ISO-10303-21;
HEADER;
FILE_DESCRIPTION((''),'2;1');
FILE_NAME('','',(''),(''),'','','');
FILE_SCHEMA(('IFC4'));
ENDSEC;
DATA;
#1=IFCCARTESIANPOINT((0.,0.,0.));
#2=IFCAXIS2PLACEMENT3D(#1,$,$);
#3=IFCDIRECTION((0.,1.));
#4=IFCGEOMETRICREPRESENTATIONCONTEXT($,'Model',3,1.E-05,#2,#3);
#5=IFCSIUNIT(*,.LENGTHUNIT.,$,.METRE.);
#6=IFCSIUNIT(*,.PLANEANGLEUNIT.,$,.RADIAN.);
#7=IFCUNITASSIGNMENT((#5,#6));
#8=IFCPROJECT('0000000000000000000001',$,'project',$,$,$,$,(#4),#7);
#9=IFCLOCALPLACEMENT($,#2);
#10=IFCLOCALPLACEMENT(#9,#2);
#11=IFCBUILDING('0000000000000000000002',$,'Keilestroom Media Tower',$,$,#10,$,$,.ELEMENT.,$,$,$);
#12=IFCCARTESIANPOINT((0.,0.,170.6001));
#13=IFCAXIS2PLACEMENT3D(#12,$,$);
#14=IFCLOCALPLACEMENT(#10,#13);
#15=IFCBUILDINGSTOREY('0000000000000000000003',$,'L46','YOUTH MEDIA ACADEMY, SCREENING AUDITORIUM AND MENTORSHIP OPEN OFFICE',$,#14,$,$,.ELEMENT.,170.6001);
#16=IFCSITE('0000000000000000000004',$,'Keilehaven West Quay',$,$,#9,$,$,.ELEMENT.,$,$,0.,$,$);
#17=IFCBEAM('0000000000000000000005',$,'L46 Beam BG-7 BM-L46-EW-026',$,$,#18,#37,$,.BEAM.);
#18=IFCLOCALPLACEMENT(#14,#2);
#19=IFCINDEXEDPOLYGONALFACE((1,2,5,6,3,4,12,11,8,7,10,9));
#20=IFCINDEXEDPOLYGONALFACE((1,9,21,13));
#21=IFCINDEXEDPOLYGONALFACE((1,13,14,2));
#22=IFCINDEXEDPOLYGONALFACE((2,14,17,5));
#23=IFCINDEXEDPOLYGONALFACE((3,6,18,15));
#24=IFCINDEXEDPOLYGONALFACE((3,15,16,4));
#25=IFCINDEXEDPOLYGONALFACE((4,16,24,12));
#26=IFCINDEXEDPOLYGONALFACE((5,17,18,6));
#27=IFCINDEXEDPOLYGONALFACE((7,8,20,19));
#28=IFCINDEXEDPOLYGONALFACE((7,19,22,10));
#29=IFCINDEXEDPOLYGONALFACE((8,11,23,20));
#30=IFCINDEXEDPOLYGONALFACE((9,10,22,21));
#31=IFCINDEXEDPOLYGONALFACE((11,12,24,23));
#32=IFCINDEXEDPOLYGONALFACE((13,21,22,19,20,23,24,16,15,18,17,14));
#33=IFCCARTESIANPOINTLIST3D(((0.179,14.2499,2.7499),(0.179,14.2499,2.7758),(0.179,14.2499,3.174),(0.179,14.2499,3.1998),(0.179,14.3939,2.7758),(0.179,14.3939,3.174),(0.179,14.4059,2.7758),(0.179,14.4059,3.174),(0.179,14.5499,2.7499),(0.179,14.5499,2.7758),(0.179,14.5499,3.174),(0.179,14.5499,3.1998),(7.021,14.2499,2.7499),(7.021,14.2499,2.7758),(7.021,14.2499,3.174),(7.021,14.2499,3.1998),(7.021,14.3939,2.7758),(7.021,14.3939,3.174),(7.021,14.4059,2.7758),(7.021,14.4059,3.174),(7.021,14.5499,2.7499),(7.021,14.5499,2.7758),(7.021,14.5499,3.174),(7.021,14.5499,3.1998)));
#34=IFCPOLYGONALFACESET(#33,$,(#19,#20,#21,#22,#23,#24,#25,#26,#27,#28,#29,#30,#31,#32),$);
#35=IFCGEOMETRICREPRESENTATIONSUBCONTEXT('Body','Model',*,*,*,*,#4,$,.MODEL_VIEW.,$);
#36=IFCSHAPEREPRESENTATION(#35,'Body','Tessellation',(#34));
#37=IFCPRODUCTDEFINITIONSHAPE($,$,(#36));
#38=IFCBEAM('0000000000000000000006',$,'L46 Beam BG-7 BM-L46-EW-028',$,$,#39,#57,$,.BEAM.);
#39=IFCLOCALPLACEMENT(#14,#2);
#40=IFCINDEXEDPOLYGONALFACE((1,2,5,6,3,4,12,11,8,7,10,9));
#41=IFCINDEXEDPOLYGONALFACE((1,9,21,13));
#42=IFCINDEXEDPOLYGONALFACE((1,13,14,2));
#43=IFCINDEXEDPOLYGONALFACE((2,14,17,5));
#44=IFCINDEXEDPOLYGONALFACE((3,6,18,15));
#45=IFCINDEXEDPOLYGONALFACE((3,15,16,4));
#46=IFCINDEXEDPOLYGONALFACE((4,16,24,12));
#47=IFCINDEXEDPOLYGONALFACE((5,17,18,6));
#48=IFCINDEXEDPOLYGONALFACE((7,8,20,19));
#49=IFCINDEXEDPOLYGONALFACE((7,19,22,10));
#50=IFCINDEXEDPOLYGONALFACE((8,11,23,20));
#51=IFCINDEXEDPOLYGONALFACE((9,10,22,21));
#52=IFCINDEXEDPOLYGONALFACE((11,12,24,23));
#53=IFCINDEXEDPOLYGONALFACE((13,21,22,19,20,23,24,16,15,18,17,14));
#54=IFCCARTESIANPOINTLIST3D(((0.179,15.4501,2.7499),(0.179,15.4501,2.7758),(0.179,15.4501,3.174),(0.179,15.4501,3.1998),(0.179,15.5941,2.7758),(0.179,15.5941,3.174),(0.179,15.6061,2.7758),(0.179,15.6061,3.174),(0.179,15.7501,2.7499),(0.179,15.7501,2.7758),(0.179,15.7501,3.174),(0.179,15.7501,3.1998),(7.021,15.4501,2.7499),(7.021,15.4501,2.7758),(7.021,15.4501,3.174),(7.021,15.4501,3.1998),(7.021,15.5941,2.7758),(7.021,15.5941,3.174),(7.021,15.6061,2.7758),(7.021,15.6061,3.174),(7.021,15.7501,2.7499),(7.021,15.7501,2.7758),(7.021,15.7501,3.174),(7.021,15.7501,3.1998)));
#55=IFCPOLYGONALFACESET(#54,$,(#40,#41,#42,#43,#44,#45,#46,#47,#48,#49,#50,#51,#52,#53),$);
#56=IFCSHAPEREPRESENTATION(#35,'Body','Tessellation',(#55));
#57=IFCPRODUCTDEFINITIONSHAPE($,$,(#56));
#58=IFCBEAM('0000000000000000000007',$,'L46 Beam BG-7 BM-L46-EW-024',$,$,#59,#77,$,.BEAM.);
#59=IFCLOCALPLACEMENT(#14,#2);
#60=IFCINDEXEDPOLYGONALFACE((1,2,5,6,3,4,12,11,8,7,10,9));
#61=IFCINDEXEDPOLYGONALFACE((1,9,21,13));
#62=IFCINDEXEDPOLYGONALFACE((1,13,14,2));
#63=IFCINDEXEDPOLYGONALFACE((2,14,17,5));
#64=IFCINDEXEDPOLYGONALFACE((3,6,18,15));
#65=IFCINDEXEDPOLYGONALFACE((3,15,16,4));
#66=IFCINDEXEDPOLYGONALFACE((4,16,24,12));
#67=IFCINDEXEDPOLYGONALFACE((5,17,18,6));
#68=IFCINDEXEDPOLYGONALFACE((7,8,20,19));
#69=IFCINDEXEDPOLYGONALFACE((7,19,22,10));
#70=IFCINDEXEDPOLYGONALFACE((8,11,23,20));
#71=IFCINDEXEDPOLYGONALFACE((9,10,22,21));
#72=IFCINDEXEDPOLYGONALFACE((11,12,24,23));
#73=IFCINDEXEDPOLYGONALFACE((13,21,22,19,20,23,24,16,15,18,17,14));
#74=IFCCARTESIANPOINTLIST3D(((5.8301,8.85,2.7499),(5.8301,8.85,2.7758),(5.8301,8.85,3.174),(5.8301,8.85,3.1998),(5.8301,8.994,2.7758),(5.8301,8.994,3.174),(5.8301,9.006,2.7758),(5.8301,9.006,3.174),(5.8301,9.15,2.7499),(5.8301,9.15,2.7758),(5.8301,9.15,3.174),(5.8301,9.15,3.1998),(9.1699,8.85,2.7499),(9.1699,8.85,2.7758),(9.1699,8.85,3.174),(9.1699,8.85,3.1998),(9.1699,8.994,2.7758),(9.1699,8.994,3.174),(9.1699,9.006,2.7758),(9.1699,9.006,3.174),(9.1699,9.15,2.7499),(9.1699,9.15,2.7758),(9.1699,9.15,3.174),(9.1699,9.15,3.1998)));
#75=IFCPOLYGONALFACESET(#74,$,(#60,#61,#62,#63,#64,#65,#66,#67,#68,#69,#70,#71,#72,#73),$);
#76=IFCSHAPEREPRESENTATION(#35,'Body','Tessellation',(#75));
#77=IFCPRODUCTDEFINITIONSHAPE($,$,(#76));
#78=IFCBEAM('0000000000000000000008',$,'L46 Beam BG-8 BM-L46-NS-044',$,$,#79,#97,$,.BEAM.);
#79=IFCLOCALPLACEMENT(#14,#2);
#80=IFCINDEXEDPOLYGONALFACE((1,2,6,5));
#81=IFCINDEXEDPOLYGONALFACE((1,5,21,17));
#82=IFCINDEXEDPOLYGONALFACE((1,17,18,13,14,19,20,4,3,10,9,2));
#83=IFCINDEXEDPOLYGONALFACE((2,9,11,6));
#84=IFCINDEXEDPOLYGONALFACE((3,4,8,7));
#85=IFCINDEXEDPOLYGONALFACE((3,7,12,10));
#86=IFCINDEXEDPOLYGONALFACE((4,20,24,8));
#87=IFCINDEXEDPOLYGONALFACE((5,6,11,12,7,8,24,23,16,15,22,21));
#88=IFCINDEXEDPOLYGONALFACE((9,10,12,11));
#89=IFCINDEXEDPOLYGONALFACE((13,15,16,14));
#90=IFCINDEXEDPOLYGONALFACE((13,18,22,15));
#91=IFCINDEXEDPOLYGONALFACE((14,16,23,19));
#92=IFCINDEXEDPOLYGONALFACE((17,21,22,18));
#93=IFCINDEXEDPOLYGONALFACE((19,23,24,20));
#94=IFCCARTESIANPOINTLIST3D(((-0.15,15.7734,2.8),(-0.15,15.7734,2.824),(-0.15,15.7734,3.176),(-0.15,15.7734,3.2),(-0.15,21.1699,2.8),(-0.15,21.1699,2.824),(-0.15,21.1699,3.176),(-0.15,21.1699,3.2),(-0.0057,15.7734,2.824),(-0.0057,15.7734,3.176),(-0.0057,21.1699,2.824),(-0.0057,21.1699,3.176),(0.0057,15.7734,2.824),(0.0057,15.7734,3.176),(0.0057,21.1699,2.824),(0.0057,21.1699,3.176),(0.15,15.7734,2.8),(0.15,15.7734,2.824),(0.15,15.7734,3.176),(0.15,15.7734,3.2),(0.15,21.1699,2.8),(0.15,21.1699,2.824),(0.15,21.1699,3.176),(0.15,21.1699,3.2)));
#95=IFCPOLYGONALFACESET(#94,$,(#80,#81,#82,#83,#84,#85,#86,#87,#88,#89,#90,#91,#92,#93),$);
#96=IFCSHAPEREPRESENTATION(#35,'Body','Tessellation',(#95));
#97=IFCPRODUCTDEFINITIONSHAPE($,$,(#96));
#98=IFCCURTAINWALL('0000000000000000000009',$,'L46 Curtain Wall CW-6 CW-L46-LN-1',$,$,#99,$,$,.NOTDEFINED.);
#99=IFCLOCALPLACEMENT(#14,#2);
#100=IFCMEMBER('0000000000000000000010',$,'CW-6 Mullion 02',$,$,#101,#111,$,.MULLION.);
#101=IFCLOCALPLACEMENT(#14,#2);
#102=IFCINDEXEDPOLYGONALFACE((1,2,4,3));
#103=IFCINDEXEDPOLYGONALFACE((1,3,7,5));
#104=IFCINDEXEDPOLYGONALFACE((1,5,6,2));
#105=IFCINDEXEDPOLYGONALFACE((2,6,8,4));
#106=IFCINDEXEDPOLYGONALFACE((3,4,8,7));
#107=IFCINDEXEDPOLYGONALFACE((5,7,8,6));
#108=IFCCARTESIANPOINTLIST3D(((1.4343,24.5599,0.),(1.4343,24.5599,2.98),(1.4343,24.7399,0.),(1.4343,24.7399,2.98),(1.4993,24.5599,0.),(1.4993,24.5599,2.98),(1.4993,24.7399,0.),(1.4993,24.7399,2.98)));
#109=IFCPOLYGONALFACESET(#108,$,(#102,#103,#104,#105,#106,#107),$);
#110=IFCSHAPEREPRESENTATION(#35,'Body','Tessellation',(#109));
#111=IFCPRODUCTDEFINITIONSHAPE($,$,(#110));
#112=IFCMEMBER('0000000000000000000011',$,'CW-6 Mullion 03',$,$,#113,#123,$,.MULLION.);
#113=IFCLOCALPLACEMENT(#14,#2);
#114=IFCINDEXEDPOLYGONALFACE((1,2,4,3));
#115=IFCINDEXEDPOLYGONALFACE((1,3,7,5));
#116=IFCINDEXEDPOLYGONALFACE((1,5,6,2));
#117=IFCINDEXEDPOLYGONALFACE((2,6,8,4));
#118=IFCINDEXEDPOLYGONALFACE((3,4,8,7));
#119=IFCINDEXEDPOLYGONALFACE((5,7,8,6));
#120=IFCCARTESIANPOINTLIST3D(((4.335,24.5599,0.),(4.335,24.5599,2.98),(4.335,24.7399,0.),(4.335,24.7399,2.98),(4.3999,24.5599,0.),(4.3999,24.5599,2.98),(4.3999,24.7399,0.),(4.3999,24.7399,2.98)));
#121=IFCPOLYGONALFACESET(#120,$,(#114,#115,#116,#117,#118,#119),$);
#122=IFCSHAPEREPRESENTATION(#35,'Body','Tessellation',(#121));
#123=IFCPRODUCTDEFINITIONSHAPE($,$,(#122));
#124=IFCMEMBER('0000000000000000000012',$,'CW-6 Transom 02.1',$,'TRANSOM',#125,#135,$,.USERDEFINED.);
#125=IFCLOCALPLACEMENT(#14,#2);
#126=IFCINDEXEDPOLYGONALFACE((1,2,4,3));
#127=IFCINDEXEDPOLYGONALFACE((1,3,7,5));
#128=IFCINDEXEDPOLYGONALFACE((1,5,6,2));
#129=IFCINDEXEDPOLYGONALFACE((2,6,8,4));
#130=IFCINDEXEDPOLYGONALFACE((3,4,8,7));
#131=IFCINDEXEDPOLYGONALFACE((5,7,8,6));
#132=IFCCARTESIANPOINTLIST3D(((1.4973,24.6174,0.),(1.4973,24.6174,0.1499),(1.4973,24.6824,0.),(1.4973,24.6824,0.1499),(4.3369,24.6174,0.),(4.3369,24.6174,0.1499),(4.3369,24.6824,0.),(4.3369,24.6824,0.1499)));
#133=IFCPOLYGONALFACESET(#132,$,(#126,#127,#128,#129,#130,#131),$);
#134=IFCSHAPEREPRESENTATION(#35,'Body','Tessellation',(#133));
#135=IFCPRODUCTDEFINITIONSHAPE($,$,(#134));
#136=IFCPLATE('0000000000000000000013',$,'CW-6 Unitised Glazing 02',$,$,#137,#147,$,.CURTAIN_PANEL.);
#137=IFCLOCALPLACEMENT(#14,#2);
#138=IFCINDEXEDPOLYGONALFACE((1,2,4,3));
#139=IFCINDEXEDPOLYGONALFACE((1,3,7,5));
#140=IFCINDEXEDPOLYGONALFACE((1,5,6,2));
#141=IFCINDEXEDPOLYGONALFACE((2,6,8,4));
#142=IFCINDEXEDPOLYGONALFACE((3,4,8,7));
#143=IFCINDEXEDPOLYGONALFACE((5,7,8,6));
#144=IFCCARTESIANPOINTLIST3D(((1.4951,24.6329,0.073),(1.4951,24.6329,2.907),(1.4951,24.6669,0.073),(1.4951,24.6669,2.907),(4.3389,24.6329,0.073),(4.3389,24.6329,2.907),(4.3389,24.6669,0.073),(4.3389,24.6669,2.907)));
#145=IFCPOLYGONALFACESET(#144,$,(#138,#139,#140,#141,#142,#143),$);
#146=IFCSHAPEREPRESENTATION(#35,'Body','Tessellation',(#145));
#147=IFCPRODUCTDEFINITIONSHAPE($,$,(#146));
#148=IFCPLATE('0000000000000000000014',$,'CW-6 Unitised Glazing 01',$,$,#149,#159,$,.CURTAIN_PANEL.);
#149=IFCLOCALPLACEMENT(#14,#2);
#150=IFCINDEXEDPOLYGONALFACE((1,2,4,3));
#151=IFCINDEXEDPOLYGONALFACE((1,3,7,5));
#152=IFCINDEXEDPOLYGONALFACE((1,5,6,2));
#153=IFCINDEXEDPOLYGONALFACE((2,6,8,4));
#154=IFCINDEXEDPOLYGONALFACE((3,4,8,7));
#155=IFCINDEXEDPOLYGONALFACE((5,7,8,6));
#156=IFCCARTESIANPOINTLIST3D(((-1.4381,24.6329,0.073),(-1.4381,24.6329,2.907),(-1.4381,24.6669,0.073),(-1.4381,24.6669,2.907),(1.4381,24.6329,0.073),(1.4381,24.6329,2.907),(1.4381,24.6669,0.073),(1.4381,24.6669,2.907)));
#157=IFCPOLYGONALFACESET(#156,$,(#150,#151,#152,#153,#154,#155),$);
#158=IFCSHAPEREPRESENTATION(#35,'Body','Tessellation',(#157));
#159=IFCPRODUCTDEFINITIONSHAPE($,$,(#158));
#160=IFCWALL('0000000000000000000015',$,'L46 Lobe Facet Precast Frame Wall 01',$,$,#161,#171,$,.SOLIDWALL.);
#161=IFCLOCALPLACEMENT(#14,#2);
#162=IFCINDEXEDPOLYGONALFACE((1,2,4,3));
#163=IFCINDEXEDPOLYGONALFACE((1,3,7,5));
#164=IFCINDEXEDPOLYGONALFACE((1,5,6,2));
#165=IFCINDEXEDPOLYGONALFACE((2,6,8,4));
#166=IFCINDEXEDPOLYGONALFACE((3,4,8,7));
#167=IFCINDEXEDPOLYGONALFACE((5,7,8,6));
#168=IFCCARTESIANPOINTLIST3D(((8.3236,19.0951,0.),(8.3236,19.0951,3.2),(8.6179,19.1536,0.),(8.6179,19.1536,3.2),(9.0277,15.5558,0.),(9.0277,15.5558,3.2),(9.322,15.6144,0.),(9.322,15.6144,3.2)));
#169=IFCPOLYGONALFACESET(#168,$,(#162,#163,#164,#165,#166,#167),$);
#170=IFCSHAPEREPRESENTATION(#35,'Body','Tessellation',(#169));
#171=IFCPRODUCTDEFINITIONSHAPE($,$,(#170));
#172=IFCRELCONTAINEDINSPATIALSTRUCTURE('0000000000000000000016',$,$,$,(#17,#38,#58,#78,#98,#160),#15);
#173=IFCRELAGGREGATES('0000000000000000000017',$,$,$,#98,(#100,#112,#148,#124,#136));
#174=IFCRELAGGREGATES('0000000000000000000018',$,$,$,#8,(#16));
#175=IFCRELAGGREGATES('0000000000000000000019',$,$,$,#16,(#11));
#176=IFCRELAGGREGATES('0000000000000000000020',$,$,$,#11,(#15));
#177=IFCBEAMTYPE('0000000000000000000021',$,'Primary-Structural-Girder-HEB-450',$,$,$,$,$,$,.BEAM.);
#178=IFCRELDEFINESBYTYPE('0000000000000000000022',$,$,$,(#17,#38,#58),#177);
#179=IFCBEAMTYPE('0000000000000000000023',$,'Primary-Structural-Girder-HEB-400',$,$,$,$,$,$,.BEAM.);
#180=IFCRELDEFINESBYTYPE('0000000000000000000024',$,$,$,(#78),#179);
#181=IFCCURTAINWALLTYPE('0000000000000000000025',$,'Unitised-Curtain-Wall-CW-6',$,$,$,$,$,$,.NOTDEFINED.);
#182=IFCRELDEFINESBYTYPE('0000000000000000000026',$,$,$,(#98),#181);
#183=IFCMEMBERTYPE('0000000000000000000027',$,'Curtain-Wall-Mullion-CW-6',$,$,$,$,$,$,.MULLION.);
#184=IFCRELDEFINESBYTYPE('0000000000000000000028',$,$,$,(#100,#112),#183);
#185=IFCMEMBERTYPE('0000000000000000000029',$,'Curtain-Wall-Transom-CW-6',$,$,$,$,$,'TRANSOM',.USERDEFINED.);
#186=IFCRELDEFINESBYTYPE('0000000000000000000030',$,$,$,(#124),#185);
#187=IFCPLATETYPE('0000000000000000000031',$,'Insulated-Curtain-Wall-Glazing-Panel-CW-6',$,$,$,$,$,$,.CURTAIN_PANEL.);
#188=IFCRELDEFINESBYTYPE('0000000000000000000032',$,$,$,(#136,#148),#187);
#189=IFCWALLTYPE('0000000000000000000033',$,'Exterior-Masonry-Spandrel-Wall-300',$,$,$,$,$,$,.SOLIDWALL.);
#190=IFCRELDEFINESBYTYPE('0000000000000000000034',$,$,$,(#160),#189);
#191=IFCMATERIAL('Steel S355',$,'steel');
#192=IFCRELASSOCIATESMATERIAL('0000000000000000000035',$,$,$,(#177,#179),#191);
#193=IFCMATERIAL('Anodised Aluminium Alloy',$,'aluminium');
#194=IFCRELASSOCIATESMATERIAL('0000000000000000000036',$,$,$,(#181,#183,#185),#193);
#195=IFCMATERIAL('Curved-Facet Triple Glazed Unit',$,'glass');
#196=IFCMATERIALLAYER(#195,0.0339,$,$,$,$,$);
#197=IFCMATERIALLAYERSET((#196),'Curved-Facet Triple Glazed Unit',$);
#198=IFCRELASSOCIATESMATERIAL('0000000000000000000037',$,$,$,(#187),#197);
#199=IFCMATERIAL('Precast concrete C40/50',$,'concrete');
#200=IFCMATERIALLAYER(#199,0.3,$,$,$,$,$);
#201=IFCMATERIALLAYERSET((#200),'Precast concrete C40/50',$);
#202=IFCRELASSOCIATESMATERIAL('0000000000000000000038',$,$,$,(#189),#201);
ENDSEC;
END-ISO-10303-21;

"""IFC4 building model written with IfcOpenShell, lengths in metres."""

from ifc_helpers import new_model, si_unit, direction, frame, frame_2d, origin, origin_2d, place, context, subcontext, project, spatial, rectangle, i_section, extrude, source, transform, mapped, material, layer, layer_set, material_profile, profile_set, type_object, element, aggregate, save


model = new_model("IFC4")

# Units and contexts
model_context = context("Model", 3, precision=1e-05, world=origin(), true_north=direction((0.0, 1.0)))
body_context = subcontext(model_context, "Body", "Model", "MODEL_VIEW")
ifc_project = project(units=[si_unit("LENGTHUNIT", "METRE"), si_unit("PLANEANGLEUNIT", "RADIAN")], contexts=[model_context])

# Site, building, storey
site_placement = place(None, origin())
site = spatial("IfcSite", under=ifc_project, at=site_placement, Name="Keilehaven West Quay", CompositionType="ELEMENT", RefElevation=0.0)
building_placement = place(site_placement, origin())
building = spatial("IfcBuilding", under=site, at=building_placement, Name="Keilestroom Media Tower", CompositionType="ELEMENT")
storey_placement = place(building_placement, frame((0.0, 0.0, 170.6001)))
storey = spatial("IfcBuildingStorey", under=building, at=storey_placement, Name="L46", Description="YOUTH MEDIA ACADEMY, SCREENING AUDITORIUM AND MENTORSHIP OPEN OFFICE", CompositionType="ELEMENT", Elevation=170.6001)

# Shared definitions
ifc_material_1 = material(Name="Precast concrete C40/50", Category="concrete")
ifc_material_2 = material(Name="Steel S355", Category="steel")

# Beams
ifc_material_profile_1 = material_profile(ifc_material_2, i_section(OverallWidth=0.3, OverallDepth=0.45, WebThickness=0.012, FlangeThickness=0.0259, at=origin_2d()), Name="HEB 450")
ifc_profile_set_1 = profile_set([ifc_material_profile_1], Name="Steel S355")
beam_type_1 = type_object("IfcBeamType", Name="Primary-Structural-Girder-HEB-450", PredefinedType="BEAM", material=ifc_profile_set_1)
shared_shape_1 = source(origin(), body_context, "Body", "SweptSolid", [
    extrude(i_section(OverallWidth=0.3, OverallDepth=0.45, WebThickness=0.012, FlangeThickness=0.0259, at=origin_2d()), origin(), (0.0, 0.0, 1.0), 6.842),
])
for number, where, z_axis, x_axis, name in (
    (1, (0.179, 14.3999, 2.9749), (1.0, 0.0, 0.0), (0.0, 1.0, 0.0), "L46 Beam BG-7 BM-L46-EW-026"),
    (2, (0.179, 15.6001, 2.9749), (1.0, 0.0, 0.0), (0.0, 1.0, 0.0), "L46 Beam BG-7 BM-L46-EW-028"),
):
    element("IfcBeam", number, at=place(storey_placement, frame(where, z_axis=z_axis, x_axis=x_axis)), inside=storey, type_object=beam_type_1, Name=name, PredefinedType="BEAM", context=body_context, shape_type="MappedRepresentation", body=[
        mapped(shared_shape_1, transform((0.0, 0.0, 0.0), x_axis=(1.0, 0.0, 0.0), y_axis=(0.0, 1.0, 0.0), z_axis=(0.0, 0.0, 1.0), scale=1.0)),
    ])
shared_shape_2 = source(origin(), body_context, "Body", "SweptSolid", [
    extrude(i_section(OverallWidth=0.3, OverallDepth=0.45, WebThickness=0.012, FlangeThickness=0.0259, at=origin_2d()), origin(), (0.0, 0.0, 1.0), 3.3398),
])
beam_1_placement = place(storey_placement, frame((5.8301, 9.0, 2.9749), z_axis=(1.0, 0.0, 0.0), x_axis=(0.0, 1.0, 0.0)))
element("IfcBeam", 3, at=beam_1_placement, inside=storey, type_object=beam_type_1, Name="L46 Beam BG-7 BM-L46-EW-024", PredefinedType="BEAM", context=body_context, shape_type="MappedRepresentation", body=[
    mapped(shared_shape_2, transform((0.0, 0.0, 0.0), x_axis=(1.0, 0.0, 0.0), y_axis=(0.0, 1.0, 0.0), z_axis=(0.0, 0.0, 1.0), scale=1.0)),
])
ifc_material_profile_2 = material_profile(ifc_material_2, i_section(OverallWidth=0.3, OverallDepth=0.3999, WebThickness=0.0115, FlangeThickness=0.0239, at=origin_2d()), Name="HEB 400")
ifc_profile_set_2 = profile_set([ifc_material_profile_2], Name="Steel S355")
beam_type_2 = type_object("IfcBeamType", Name="Primary-Structural-Girder-HEB-400", PredefinedType="BEAM", material=ifc_profile_set_2)
shared_shape_3 = source(origin(), body_context, "Body", "SweptSolid", [
    extrude(i_section(OverallWidth=0.3, OverallDepth=0.3999, WebThickness=0.0115, FlangeThickness=0.0239, at=origin_2d()), origin(), (0.0, 0.0, 1.0), 5.3965),
])
beam_2_placement = place(storey_placement, frame((0.0, 15.7734, 3.0), z_axis=(0.0, 1.0, 0.0), x_axis=(-1.0, 0.0, 0.0)))
element("IfcBeam", 4, at=beam_2_placement, inside=storey, type_object=beam_type_2, Name="L46 Beam BG-8 BM-L46-NS-044", PredefinedType="BEAM", context=body_context, shape_type="MappedRepresentation", body=[
    mapped(shared_shape_3, transform((0.0, 0.0, 0.0), x_axis=(1.0, 0.0, 0.0), y_axis=(0.0, 1.0, 0.0), z_axis=(0.0, 0.0, 1.0), scale=1.0)),
])

# Curtain wall, members, plates
ifc_material_3 = material(Name="Anodised Aluminium Alloy", Category="aluminium")
curtain_wall_type = type_object("IfcCurtainWallType", Name="Unitised-Curtain-Wall-CW-6", PredefinedType="NOTDEFINED", material=ifc_material_3)
curtain_wall_placement = place(storey_placement, origin())
curtain_wall = element("IfcCurtainWall", 5, at=curtain_wall_placement, inside=storey, type_object=curtain_wall_type, Name="L46 Curtain Wall CW-6 CW-L46-LN-1", PredefinedType="NOTDEFINED")
ifc_material_profile_3 = material_profile(ifc_material_3, rectangle(XDim=0.0649, YDim=0.1799, at=origin_2d()), Name="ALU MULLION 65x180")
ifc_profile_set_3 = profile_set([ifc_material_profile_3], Name="Anodised Aluminium Alloy")
member_type_1 = type_object("IfcMemberType", Name="Curtain-Wall-Mullion-CW-6", PredefinedType="MULLION", material=ifc_profile_set_3)
shared_shape_4 = source(origin(), body_context, "Body", "SweptSolid", [
    extrude(rectangle(XDim=0.0649, YDim=0.1799, at=origin_2d()), origin(), (0.0, 0.0, 1.0), 2.98),
])
member_1_placement = place(storey_placement, frame((1.4668, 24.6499, 0.0), z_axis=(0.0, 0.0, 1.0), x_axis=(1.0, 0.0, 0.0)))
member_1 = element("IfcMember", 6, at=member_1_placement, type_object=member_type_1, Name="CW-6 Mullion 02", PredefinedType="MULLION", context=body_context, shape_type="MappedRepresentation", body=[
    mapped(shared_shape_4, transform((0.0, 0.0, 0.0), x_axis=(1.0, 0.0, 0.0), y_axis=(0.0, 1.0, 0.0), z_axis=(0.0, 0.0, 1.0), scale=1.0)),
])
member_2_placement = place(storey_placement, frame((4.3674, 24.6499, 0.0), z_axis=(0.0, 0.0, 1.0), x_axis=(1.0, 0.0, 0.0)))
member_2 = element("IfcMember", 7, at=member_2_placement, type_object=member_type_1, Name="CW-6 Mullion 03", PredefinedType="MULLION", context=body_context, shape_type="MappedRepresentation", body=[
    mapped(shared_shape_4, transform((0.0, 0.0, 0.0), x_axis=(1.0, 0.0, 0.0), y_axis=(0.0, 1.0, 0.0), z_axis=(0.0, 0.0, 1.0), scale=1.0)),
])
ifc_material_profile_4 = material_profile(ifc_material_3, rectangle(XDim=0.0649, YDim=0.1499, at=origin_2d()), Name="ALU TRANSOM 65x150")
ifc_profile_set_4 = profile_set([ifc_material_profile_4], Name="Anodised Aluminium Alloy")
member_type_2 = type_object("IfcMemberType", Name="Curtain-Wall-Transom-CW-6", ElementType="TRANSOM", PredefinedType="USERDEFINED", material=ifc_profile_set_4)
shared_shape_5 = source(origin(), body_context, "Body", "SweptSolid", [
    extrude(rectangle(XDim=0.0649, YDim=0.1499, at=origin_2d()), origin(), (0.0, 0.0, 1.0), 2.8396),
])
member_3_placement = place(storey_placement, frame((1.4973, 24.6499, 0.075), z_axis=(1.0, 0.0, 0.0), x_axis=(0.0, 1.0, 0.0)))
member_3 = element("IfcMember", 8, at=member_3_placement, type_object=member_type_2, Name="CW-6 Transom 02.1", ObjectType="TRANSOM", PredefinedType="USERDEFINED", context=body_context, shape_type="MappedRepresentation", body=[
    mapped(shared_shape_5, transform((0.0, 0.0, 0.0), x_axis=(1.0, 0.0, 0.0), y_axis=(0.0, 1.0, 0.0), z_axis=(0.0, 0.0, 1.0), scale=1.0)),
])
ifc_material_4 = material(Name="Curved-Facet Triple Glazed Unit", Category="glass")
ifc_layer_1 = layer(ifc_material_4, 0.0339)
ifc_layer_set_1 = layer_set([ifc_layer_1], Name="Curved-Facet Triple Glazed Unit")
plate_type = type_object("IfcPlateType", Name="Insulated-Curtain-Wall-Glazing-Panel-CW-6", PredefinedType="CURTAIN_PANEL", material=ifc_layer_set_1)
shared_shape_6 = source(origin(), body_context, "Body", "SweptSolid", [
    extrude(rectangle(XDim=2.8438, YDim=0.0339, at=origin_2d()), origin(), (0.0, 0.0, 1.0), 2.834),
])
plate_1_placement = place(storey_placement, frame((2.917, 24.6499, 0.073), z_axis=(0.0, 0.0, 1.0), x_axis=(1.0, 0.0, 0.0)))
plate_1 = element("IfcPlate", 9, at=plate_1_placement, type_object=plate_type, Name="CW-6 Unitised Glazing 02", PredefinedType="CURTAIN_PANEL", context=body_context, shape_type="MappedRepresentation", body=[
    mapped(shared_shape_6, transform((0.0, 0.0, 0.0), x_axis=(1.0, 0.0, 0.0), y_axis=(0.0, 1.0, 0.0), z_axis=(0.0, 0.0, 1.0), scale=1.0)),
])
shared_shape_7 = source(origin(), body_context, "Body", "SweptSolid", [
    extrude(rectangle(XDim=2.8762, YDim=0.0339, at=origin_2d()), origin(), (0.0, 0.0, 1.0), 2.834),
])
plate_2_placement = place(storey_placement, frame((0.0, 24.6499, 0.073), z_axis=(0.0, 0.0, 1.0), x_axis=(1.0, 0.0, 0.0)))
plate_2 = element("IfcPlate", 10, at=plate_2_placement, type_object=plate_type, Name="CW-6 Unitised Glazing 01", PredefinedType="CURTAIN_PANEL", context=body_context, shape_type="MappedRepresentation", body=[
    mapped(shared_shape_7, transform((0.0, 0.0, 0.0), x_axis=(1.0, 0.0, 0.0), y_axis=(0.0, 1.0, 0.0), z_axis=(0.0, 0.0, 1.0), scale=1.0)),
])
aggregate(curtain_wall, [member_1, member_2, plate_2, member_3, plate_1])

# Wall
ifc_layer_2 = layer(ifc_material_1, 0.3)
ifc_layer_set_2 = layer_set([ifc_layer_2], Name="Precast concrete C40/50")
wall_type_1 = type_object("IfcWallType", Name="Exterior-Masonry-Spandrel-Wall-300", PredefinedType="SOLIDWALL", material=ifc_layer_set_2)
for number, where, z_axis, x_axis, name in (
    (11, (9.1748, 15.5852, 0.0), (0.0, 0.0, 1.0), (-0.195114, 0.980781, 0.0), "L46 Lobe Facet Precast Frame Wall 01"),
):
    element("IfcWall", number, at=place(storey_placement, frame(where, z_axis=z_axis, x_axis=x_axis)), inside=storey, type_object=wall_type_1, Name=name, PredefinedType="SOLIDWALL", context=body_context, shape_type="SweptSolid", body=[
        extrude(rectangle(XDim=3.6086, YDim=0.3, at=frame_2d((1.8042, 0.0))), origin(), (0.0, 0.0, 1.0), 3.2),
    ])

save(model, "model.ifc")
